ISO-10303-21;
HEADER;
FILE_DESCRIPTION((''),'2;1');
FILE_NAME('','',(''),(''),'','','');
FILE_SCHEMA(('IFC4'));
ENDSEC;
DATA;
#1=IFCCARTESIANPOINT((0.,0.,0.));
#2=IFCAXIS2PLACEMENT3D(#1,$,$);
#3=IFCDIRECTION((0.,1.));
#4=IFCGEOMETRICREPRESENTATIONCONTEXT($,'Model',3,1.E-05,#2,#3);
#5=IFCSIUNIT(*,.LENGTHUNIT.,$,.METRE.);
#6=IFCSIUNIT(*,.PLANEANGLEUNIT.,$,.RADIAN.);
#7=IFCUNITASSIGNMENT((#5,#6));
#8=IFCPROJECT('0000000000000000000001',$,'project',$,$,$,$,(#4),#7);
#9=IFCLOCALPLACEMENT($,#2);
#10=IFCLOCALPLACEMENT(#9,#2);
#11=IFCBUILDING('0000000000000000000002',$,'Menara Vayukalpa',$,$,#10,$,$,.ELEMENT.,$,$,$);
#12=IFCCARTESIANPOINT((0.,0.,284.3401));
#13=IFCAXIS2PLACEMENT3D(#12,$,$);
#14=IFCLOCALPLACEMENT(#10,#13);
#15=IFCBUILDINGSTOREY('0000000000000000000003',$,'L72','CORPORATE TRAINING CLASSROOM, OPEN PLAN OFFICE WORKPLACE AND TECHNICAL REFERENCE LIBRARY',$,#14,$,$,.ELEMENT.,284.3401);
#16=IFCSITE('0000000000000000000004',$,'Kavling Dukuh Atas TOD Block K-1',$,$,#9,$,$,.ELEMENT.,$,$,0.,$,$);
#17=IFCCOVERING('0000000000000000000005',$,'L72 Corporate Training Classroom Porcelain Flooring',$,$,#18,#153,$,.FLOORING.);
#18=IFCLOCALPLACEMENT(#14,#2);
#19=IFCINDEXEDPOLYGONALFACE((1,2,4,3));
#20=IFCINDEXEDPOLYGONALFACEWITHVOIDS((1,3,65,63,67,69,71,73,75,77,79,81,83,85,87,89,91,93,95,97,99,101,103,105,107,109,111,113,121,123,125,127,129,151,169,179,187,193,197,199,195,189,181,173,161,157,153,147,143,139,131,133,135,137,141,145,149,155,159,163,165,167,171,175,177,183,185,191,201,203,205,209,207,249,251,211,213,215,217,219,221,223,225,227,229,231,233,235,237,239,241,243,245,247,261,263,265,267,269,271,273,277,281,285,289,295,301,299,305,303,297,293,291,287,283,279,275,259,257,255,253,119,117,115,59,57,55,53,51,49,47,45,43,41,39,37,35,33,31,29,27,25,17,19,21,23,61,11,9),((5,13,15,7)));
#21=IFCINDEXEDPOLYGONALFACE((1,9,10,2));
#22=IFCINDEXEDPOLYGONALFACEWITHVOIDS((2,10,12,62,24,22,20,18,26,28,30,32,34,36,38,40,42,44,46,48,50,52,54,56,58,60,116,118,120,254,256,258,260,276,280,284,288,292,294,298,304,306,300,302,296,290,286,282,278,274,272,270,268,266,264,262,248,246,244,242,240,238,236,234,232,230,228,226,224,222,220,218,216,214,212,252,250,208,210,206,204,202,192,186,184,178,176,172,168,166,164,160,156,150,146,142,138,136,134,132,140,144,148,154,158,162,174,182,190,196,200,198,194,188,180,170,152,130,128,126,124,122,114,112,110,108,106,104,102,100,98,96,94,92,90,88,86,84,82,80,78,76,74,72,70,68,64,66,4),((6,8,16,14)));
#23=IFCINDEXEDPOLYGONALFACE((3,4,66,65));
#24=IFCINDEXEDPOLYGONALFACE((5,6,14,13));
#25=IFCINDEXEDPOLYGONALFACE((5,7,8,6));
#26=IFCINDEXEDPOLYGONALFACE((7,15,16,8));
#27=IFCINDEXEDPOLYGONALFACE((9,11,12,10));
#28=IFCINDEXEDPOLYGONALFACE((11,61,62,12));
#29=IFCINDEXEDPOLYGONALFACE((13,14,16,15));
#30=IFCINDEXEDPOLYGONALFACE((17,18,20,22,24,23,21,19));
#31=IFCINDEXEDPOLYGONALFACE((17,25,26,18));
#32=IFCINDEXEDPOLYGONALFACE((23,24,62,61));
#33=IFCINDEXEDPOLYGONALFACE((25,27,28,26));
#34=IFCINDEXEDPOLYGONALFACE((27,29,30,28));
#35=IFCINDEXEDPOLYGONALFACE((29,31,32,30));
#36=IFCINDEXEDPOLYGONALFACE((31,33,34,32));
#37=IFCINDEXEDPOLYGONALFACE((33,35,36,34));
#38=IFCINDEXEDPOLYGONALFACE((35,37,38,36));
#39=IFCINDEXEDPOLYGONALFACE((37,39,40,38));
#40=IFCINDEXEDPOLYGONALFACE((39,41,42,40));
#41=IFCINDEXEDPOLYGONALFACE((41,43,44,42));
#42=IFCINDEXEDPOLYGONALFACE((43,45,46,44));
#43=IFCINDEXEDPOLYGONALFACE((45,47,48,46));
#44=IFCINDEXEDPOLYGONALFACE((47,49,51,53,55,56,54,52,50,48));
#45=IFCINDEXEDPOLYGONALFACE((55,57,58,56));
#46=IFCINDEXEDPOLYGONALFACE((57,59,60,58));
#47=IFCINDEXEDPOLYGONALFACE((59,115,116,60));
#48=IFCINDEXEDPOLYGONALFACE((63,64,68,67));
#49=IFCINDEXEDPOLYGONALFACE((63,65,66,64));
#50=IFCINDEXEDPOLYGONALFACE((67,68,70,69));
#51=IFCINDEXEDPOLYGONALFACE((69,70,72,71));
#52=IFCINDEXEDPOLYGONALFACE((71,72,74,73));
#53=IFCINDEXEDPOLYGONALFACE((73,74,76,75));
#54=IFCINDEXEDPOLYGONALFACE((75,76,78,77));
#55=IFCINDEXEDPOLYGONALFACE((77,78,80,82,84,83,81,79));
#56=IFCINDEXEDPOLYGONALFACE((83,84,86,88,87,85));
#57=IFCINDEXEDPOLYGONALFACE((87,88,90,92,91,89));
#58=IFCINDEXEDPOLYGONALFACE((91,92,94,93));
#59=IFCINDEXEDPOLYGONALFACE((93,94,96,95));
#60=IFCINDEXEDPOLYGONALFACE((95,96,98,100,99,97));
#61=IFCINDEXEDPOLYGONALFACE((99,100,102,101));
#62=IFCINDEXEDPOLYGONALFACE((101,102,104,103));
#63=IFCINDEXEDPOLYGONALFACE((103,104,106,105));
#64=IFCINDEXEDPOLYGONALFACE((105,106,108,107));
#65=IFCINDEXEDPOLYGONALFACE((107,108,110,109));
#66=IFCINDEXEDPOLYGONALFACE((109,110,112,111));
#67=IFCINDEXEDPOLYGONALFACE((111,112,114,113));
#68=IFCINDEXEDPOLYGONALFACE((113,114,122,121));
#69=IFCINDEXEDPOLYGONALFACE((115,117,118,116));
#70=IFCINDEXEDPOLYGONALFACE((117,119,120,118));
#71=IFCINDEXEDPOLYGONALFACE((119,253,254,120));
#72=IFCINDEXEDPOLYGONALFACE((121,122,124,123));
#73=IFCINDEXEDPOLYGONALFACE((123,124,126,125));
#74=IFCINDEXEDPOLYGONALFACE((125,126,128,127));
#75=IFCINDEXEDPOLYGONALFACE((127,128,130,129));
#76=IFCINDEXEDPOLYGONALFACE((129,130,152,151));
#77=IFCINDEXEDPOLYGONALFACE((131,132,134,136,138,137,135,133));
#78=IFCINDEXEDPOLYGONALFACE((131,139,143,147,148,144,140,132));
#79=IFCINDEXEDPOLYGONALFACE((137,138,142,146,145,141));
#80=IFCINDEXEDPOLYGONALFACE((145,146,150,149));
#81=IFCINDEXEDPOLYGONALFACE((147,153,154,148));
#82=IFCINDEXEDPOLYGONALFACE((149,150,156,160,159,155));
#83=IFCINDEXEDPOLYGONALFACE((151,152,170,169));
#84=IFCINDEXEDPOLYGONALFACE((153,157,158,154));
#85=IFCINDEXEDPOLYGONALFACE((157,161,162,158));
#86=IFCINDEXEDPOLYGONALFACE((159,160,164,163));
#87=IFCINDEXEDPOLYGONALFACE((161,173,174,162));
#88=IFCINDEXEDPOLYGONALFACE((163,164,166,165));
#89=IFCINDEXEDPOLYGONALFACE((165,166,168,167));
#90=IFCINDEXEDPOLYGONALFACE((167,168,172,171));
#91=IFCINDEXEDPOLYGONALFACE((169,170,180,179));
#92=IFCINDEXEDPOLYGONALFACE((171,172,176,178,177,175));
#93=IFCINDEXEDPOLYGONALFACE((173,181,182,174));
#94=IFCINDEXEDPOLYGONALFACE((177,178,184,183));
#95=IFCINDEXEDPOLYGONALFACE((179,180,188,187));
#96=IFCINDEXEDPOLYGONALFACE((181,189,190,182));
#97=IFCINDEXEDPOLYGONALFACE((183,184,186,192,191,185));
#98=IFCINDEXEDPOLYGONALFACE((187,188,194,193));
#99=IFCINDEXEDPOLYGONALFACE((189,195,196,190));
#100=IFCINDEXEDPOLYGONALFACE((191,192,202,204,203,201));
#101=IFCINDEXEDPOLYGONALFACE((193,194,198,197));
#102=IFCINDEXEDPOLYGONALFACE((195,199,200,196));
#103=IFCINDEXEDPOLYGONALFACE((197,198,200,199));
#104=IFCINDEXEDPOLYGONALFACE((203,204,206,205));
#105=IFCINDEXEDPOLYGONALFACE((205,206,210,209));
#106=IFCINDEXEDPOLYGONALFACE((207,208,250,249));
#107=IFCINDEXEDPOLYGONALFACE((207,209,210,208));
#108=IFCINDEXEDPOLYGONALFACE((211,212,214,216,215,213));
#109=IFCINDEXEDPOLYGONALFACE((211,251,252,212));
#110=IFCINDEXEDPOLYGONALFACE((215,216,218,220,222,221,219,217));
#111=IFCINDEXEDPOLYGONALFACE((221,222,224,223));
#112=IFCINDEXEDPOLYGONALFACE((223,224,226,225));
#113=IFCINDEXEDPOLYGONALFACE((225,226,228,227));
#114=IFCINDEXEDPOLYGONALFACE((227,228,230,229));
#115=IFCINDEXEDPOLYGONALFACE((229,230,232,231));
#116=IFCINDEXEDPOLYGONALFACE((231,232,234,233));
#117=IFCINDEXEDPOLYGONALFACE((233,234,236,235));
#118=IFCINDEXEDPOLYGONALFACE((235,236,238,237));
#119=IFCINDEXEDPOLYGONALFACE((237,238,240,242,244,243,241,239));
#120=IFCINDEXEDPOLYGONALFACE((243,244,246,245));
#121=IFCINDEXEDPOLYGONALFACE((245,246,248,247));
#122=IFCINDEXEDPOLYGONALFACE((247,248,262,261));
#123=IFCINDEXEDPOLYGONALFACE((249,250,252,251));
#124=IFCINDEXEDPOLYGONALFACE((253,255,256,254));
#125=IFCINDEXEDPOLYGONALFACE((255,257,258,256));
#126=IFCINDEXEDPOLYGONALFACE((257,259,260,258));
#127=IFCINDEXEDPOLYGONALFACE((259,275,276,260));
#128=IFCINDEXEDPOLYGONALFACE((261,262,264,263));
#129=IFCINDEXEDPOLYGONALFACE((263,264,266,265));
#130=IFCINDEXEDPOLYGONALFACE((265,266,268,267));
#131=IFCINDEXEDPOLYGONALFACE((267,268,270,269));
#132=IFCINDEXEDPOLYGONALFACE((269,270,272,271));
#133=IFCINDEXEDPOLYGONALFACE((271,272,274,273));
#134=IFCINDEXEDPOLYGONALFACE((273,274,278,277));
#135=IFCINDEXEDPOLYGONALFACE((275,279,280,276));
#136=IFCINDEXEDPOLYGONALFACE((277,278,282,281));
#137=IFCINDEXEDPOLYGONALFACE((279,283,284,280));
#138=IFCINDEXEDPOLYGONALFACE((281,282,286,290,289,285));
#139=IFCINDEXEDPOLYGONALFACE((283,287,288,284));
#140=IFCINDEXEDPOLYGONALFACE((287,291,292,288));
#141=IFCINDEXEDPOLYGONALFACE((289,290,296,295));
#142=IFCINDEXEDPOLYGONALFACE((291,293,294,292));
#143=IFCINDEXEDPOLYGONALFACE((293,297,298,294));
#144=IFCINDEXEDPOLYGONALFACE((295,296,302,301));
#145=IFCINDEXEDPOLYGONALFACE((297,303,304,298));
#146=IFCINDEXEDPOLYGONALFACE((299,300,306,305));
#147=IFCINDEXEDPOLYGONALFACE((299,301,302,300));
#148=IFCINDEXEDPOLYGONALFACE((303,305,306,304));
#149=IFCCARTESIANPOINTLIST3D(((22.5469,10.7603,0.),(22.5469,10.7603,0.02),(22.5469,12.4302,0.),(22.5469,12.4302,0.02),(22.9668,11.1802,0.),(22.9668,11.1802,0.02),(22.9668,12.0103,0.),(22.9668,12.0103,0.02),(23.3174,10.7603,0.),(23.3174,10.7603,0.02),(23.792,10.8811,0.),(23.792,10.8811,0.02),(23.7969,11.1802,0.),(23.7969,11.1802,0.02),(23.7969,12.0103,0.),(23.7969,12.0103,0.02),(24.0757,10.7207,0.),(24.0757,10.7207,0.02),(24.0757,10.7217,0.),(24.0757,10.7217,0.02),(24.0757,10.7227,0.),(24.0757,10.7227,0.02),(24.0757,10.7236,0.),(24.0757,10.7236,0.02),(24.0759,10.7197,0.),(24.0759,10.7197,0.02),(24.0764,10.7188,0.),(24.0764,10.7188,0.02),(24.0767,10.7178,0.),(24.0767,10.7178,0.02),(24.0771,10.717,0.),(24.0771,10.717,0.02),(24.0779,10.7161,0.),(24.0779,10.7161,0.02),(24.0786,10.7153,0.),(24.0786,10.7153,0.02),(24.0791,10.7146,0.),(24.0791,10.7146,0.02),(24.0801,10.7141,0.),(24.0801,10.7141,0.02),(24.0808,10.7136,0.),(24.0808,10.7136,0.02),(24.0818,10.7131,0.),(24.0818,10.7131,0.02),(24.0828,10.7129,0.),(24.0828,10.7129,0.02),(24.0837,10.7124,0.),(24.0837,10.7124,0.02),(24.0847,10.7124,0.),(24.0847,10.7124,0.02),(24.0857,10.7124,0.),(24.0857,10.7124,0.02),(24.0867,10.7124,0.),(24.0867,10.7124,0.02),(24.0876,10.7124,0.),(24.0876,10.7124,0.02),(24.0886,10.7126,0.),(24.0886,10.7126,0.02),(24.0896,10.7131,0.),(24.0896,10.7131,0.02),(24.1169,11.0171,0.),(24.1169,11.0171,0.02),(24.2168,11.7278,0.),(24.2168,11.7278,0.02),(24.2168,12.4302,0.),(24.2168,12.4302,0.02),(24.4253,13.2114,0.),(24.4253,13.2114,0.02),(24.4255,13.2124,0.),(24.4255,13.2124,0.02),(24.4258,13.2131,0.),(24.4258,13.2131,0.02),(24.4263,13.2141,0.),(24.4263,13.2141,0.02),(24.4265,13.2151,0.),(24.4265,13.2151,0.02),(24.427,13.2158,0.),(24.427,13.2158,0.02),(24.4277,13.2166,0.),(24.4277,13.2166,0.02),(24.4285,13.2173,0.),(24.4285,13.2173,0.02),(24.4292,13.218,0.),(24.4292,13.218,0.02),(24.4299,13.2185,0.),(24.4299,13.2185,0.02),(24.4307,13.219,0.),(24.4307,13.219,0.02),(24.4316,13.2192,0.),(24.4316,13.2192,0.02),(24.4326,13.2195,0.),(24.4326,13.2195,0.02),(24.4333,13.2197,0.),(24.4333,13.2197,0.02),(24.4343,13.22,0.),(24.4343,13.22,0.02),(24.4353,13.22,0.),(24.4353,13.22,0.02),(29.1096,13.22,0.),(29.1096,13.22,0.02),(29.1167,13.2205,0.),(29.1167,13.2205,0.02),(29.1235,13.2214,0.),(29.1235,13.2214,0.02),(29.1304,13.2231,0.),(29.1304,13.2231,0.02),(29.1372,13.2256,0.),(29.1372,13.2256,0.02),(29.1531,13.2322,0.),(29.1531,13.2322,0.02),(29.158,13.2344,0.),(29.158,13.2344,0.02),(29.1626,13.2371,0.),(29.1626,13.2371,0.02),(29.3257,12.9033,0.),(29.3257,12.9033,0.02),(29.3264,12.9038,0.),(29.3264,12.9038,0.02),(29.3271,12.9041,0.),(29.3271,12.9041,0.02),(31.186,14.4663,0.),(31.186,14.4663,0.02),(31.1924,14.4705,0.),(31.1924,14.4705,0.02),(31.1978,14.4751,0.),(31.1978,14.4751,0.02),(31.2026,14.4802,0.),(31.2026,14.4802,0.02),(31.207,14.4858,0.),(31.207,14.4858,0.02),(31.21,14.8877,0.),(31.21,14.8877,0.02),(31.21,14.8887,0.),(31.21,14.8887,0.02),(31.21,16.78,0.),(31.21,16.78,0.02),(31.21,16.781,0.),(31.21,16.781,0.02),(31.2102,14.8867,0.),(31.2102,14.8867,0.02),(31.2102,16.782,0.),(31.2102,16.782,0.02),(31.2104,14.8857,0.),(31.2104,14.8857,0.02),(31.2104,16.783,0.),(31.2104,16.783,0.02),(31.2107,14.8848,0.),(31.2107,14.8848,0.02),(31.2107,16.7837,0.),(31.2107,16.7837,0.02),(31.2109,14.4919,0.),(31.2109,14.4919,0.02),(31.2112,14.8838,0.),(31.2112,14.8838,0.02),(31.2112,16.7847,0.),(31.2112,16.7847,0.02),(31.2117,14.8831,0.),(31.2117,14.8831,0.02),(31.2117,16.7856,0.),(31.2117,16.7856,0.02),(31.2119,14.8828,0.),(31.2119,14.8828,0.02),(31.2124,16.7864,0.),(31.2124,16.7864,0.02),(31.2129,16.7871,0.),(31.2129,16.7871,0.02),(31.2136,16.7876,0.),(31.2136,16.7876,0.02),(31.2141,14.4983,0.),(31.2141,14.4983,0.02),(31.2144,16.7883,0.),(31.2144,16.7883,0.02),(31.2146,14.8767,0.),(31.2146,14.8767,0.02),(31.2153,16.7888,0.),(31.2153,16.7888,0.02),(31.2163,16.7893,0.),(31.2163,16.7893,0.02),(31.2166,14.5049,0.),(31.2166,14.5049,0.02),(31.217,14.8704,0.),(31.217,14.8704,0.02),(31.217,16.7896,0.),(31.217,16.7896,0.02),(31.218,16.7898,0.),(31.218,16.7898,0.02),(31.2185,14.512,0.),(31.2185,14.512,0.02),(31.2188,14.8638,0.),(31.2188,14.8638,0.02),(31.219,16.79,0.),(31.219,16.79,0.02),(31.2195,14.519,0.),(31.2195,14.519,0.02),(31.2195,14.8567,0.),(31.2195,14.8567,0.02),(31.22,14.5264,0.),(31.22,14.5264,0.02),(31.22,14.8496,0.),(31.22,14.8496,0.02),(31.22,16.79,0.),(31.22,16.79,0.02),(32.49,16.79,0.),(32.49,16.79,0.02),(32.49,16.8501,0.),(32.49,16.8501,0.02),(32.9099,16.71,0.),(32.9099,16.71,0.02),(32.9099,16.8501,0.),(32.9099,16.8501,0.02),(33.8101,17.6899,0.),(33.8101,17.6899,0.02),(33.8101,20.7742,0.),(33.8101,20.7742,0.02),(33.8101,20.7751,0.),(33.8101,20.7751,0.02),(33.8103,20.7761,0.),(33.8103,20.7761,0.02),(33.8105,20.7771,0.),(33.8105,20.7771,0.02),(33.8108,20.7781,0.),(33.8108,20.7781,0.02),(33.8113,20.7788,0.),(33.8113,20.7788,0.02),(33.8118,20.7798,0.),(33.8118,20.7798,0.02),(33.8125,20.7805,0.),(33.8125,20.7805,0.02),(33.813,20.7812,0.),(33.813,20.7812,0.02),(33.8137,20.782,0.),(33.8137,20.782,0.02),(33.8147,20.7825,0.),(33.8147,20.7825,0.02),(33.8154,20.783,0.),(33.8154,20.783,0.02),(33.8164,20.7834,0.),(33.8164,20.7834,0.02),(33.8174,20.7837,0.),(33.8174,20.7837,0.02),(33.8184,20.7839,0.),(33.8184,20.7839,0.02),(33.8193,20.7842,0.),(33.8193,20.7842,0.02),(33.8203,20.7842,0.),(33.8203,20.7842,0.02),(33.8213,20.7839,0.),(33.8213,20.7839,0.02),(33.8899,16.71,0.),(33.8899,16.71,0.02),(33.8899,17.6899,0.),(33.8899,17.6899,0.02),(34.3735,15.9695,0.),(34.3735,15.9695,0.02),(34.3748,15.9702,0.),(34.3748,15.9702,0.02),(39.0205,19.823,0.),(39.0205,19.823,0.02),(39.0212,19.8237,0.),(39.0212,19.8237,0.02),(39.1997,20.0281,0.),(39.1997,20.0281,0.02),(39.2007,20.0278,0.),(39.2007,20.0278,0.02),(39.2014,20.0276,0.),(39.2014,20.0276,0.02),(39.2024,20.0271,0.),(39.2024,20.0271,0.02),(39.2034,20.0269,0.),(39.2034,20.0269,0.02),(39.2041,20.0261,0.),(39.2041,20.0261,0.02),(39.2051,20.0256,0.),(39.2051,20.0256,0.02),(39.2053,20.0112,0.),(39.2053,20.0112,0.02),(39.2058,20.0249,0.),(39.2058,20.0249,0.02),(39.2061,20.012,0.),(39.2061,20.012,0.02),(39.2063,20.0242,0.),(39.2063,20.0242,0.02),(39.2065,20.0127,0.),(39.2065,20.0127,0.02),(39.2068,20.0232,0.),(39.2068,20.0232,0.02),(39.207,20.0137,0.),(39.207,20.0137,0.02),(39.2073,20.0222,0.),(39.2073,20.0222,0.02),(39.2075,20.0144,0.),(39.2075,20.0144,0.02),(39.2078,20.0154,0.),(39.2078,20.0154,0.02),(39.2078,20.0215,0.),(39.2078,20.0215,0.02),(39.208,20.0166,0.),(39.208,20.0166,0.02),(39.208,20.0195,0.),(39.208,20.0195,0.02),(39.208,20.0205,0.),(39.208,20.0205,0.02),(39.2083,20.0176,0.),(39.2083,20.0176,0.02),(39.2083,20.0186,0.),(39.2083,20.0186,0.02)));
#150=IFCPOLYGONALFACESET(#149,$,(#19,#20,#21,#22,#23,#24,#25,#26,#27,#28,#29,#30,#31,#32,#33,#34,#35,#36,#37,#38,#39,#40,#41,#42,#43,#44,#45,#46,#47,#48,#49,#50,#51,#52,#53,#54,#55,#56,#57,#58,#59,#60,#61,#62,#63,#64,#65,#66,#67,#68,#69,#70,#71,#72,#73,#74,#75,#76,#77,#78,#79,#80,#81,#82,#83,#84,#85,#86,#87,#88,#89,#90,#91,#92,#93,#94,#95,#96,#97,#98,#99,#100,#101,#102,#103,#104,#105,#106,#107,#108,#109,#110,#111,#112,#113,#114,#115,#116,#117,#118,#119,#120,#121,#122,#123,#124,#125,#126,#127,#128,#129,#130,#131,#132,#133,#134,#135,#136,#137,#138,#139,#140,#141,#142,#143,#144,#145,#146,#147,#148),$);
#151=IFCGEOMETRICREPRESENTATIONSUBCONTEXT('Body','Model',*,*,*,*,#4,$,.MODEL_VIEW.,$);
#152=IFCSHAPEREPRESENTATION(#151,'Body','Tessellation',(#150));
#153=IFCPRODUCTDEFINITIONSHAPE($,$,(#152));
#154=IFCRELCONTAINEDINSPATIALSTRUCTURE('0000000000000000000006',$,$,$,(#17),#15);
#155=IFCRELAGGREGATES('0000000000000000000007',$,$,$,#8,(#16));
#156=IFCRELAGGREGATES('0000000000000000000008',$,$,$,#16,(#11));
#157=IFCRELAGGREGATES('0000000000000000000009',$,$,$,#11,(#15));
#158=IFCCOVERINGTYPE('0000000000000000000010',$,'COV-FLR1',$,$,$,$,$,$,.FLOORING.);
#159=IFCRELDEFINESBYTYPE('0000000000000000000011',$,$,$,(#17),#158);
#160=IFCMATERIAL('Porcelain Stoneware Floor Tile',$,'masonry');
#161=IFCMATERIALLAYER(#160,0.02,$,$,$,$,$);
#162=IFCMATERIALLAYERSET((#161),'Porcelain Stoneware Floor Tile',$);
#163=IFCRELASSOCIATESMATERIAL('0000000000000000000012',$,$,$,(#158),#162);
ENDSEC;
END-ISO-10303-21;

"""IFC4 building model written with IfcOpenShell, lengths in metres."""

from ifc_helpers import new_model, si_unit, direction, frame, origin, place, context, subcontext, project, spatial, polyline, outline, extrude, material, layer, layer_set, type_object, element, save


model = new_model("IFC4")

# Units and contexts
model_context = context("Model", 3, precision=1e-05, world=origin(), true_north=direction((0.0, 1.0)))
body_context = subcontext(model_context, "Body", "Model", "MODEL_VIEW")
ifc_project = project(units=[si_unit("LENGTHUNIT", "METRE"), si_unit("PLANEANGLEUNIT", "RADIAN")], contexts=[model_context])

# Site, building, storey
site_placement = place(None, origin())
site = spatial("IfcSite", under=ifc_project, at=site_placement, Name="Kavling Dukuh Atas TOD Block K-1", CompositionType="ELEMENT", RefElevation=0.0)
building_placement = place(site_placement, origin())
building = spatial("IfcBuilding", under=site, at=building_placement, Name="Menara Vayukalpa", CompositionType="ELEMENT")
storey_placement = place(building_placement, frame((0.0, 0.0, 284.3401)))
storey = spatial("IfcBuildingStorey", under=building, at=storey_placement, Name="L72", Description="CORPORATE TRAINING CLASSROOM, OPEN PLAN OFFICE WORKPLACE AND TECHNICAL REFERENCE LIBRARY", CompositionType="ELEMENT", Elevation=284.3401)

# Covering
ifc_material_1 = material(Name="Porcelain Stoneware Floor Tile", Category="masonry")
ifc_layer_1 = layer(ifc_material_1, 0.02)
ifc_layer_set_1 = layer_set([ifc_layer_1], Name="Porcelain Stoneware Floor Tile")
covering_type_1 = type_object("IfcCoveringType", Name="COV-FLR1", PredefinedType="FLOORING", material=ifc_layer_set_1)
covering_1_placement = place(storey_placement, origin())
element("IfcCovering", 1, at=covering_1_placement, inside=storey, type_object=covering_type_1, Name="L72 Corporate Training Classroom Porcelain Flooring", PredefinedType="FLOORING", context=body_context, shape_type="SweptSolid", body=[
    extrude(outline(polyline([(24.2168, 12.4302), (24.2168, 11.7278), (24.4253, 13.2114), (24.4255, 13.2124), (24.4258, 13.2131), (24.4263, 13.2141), (24.4265, 13.2151), (24.427, 13.2158), (24.4277, 13.2166), (24.4285, 13.2173), (24.4292, 13.218), (24.4299, 13.2185), (24.4307, 13.219), (24.4316, 13.2192), (24.4326, 13.2195), (24.4333, 13.2197), (24.4343, 13.22), (24.4353, 13.22), (29.1096, 13.22), (29.1167, 13.2205), (29.1235, 13.2214), (29.1304, 13.2231), (29.1372, 13.2256), (29.1531, 13.2322), (29.158, 13.2344), (29.1626, 13.2371), (31.186, 14.4663), (31.1924, 14.4705), (31.1978, 14.4751), (31.2026, 14.4802), (31.207, 14.4858), (31.2109, 14.4919), (31.2141, 14.4983), (31.2166, 14.5049), (31.2185, 14.512), (31.2195, 14.519), (31.22, 14.5264), (31.22, 14.8496), (31.2195, 14.8567), (31.2188, 14.8638), (31.217, 14.8704), (31.2146, 14.8767), (31.2119, 14.8828), (31.2117, 14.8831), (31.2112, 14.8838), (31.2107, 14.8848), (31.2104, 14.8857), (31.2102, 14.8867), (31.21, 14.8877), (31.21, 14.8887), (31.21, 16.78), (31.21, 16.781), (31.2102, 16.782), (31.2104, 16.783), (31.2107, 16.7837), (31.2112, 16.7847), (31.2117, 16.7856), (31.2124, 16.7864), (31.2129, 16.7871), (31.2136, 16.7876), (31.2144, 16.7883), (31.2153, 16.7888), (31.2163, 16.7893), (31.217, 16.7896), (31.218, 16.7898), (31.219, 16.79), (31.22, 16.79), (32.49, 16.79), (32.49, 16.8501), (32.9099, 16.8501), (32.9099, 16.71), (33.8899, 16.71), (33.8899, 17.6899), (33.8101, 17.6899), (33.8101, 20.7742), (33.8101, 20.7751), (33.8103, 20.7761), (33.8105, 20.7771), (33.8108, 20.7781), (33.8113, 20.7788), (33.8118, 20.7798), (33.8125, 20.7805), (33.813, 20.7812), (33.8137, 20.782), (33.8147, 20.7825), (33.8154, 20.783), (33.8164, 20.7834), (33.8174, 20.7837), (33.8184, 20.7839), (33.8193, 20.7842), (33.8203, 20.7842), (33.8213, 20.7839), (39.1997, 20.0281), (39.2007, 20.0278), (39.2014, 20.0276), (39.2024, 20.0271), (39.2034, 20.0269), (39.2041, 20.0261), (39.2051, 20.0256), (39.2058, 20.0249), (39.2063, 20.0242), (39.2068, 20.0232), (39.2073, 20.0222), (39.2078, 20.0215), (39.208, 20.0205), (39.208, 20.0195), (39.2083, 20.0186), (39.2083, 20.0176), (39.208, 20.0166), (39.2078, 20.0154), (39.2075, 20.0144), (39.207, 20.0137), (39.2065, 20.0127), (39.2061, 20.012), (39.2053, 20.0112), (39.0212, 19.8237), (39.0205, 19.823), (34.3748, 15.9702), (34.3735, 15.9695), (29.3271, 12.9041), (29.3264, 12.9038), (29.3257, 12.9033), (24.0896, 10.7131), (24.0886, 10.7126), (24.0876, 10.7124), (24.0867, 10.7124), (24.0857, 10.7124), (24.0847, 10.7124), (24.0837, 10.7124), (24.0828, 10.7129), (24.0818, 10.7131), (24.0808, 10.7136), (24.0801, 10.7141), (24.0791, 10.7146), (24.0786, 10.7153), (24.0779, 10.7161), (24.0771, 10.717), (24.0767, 10.7178), (24.0764, 10.7188), (24.0759, 10.7197), (24.0757, 10.7207), (24.0757, 10.7217), (24.0757, 10.7227), (24.0757, 10.7236), (24.1169, 11.0171), (23.792, 10.8811), (23.3174, 10.7603), (22.5469, 10.7603), (22.5469, 12.4302), (24.2168, 12.4302)]), holes=[polyline([(23.7969, 12.0103), (22.9668, 12.0103), (22.9668, 11.1802), (23.7969, 11.1802), (23.7969, 12.0103)])]), origin(), (0.0, 0.0, 1.0), 0.02),
])

save(model, "model.ifc")
